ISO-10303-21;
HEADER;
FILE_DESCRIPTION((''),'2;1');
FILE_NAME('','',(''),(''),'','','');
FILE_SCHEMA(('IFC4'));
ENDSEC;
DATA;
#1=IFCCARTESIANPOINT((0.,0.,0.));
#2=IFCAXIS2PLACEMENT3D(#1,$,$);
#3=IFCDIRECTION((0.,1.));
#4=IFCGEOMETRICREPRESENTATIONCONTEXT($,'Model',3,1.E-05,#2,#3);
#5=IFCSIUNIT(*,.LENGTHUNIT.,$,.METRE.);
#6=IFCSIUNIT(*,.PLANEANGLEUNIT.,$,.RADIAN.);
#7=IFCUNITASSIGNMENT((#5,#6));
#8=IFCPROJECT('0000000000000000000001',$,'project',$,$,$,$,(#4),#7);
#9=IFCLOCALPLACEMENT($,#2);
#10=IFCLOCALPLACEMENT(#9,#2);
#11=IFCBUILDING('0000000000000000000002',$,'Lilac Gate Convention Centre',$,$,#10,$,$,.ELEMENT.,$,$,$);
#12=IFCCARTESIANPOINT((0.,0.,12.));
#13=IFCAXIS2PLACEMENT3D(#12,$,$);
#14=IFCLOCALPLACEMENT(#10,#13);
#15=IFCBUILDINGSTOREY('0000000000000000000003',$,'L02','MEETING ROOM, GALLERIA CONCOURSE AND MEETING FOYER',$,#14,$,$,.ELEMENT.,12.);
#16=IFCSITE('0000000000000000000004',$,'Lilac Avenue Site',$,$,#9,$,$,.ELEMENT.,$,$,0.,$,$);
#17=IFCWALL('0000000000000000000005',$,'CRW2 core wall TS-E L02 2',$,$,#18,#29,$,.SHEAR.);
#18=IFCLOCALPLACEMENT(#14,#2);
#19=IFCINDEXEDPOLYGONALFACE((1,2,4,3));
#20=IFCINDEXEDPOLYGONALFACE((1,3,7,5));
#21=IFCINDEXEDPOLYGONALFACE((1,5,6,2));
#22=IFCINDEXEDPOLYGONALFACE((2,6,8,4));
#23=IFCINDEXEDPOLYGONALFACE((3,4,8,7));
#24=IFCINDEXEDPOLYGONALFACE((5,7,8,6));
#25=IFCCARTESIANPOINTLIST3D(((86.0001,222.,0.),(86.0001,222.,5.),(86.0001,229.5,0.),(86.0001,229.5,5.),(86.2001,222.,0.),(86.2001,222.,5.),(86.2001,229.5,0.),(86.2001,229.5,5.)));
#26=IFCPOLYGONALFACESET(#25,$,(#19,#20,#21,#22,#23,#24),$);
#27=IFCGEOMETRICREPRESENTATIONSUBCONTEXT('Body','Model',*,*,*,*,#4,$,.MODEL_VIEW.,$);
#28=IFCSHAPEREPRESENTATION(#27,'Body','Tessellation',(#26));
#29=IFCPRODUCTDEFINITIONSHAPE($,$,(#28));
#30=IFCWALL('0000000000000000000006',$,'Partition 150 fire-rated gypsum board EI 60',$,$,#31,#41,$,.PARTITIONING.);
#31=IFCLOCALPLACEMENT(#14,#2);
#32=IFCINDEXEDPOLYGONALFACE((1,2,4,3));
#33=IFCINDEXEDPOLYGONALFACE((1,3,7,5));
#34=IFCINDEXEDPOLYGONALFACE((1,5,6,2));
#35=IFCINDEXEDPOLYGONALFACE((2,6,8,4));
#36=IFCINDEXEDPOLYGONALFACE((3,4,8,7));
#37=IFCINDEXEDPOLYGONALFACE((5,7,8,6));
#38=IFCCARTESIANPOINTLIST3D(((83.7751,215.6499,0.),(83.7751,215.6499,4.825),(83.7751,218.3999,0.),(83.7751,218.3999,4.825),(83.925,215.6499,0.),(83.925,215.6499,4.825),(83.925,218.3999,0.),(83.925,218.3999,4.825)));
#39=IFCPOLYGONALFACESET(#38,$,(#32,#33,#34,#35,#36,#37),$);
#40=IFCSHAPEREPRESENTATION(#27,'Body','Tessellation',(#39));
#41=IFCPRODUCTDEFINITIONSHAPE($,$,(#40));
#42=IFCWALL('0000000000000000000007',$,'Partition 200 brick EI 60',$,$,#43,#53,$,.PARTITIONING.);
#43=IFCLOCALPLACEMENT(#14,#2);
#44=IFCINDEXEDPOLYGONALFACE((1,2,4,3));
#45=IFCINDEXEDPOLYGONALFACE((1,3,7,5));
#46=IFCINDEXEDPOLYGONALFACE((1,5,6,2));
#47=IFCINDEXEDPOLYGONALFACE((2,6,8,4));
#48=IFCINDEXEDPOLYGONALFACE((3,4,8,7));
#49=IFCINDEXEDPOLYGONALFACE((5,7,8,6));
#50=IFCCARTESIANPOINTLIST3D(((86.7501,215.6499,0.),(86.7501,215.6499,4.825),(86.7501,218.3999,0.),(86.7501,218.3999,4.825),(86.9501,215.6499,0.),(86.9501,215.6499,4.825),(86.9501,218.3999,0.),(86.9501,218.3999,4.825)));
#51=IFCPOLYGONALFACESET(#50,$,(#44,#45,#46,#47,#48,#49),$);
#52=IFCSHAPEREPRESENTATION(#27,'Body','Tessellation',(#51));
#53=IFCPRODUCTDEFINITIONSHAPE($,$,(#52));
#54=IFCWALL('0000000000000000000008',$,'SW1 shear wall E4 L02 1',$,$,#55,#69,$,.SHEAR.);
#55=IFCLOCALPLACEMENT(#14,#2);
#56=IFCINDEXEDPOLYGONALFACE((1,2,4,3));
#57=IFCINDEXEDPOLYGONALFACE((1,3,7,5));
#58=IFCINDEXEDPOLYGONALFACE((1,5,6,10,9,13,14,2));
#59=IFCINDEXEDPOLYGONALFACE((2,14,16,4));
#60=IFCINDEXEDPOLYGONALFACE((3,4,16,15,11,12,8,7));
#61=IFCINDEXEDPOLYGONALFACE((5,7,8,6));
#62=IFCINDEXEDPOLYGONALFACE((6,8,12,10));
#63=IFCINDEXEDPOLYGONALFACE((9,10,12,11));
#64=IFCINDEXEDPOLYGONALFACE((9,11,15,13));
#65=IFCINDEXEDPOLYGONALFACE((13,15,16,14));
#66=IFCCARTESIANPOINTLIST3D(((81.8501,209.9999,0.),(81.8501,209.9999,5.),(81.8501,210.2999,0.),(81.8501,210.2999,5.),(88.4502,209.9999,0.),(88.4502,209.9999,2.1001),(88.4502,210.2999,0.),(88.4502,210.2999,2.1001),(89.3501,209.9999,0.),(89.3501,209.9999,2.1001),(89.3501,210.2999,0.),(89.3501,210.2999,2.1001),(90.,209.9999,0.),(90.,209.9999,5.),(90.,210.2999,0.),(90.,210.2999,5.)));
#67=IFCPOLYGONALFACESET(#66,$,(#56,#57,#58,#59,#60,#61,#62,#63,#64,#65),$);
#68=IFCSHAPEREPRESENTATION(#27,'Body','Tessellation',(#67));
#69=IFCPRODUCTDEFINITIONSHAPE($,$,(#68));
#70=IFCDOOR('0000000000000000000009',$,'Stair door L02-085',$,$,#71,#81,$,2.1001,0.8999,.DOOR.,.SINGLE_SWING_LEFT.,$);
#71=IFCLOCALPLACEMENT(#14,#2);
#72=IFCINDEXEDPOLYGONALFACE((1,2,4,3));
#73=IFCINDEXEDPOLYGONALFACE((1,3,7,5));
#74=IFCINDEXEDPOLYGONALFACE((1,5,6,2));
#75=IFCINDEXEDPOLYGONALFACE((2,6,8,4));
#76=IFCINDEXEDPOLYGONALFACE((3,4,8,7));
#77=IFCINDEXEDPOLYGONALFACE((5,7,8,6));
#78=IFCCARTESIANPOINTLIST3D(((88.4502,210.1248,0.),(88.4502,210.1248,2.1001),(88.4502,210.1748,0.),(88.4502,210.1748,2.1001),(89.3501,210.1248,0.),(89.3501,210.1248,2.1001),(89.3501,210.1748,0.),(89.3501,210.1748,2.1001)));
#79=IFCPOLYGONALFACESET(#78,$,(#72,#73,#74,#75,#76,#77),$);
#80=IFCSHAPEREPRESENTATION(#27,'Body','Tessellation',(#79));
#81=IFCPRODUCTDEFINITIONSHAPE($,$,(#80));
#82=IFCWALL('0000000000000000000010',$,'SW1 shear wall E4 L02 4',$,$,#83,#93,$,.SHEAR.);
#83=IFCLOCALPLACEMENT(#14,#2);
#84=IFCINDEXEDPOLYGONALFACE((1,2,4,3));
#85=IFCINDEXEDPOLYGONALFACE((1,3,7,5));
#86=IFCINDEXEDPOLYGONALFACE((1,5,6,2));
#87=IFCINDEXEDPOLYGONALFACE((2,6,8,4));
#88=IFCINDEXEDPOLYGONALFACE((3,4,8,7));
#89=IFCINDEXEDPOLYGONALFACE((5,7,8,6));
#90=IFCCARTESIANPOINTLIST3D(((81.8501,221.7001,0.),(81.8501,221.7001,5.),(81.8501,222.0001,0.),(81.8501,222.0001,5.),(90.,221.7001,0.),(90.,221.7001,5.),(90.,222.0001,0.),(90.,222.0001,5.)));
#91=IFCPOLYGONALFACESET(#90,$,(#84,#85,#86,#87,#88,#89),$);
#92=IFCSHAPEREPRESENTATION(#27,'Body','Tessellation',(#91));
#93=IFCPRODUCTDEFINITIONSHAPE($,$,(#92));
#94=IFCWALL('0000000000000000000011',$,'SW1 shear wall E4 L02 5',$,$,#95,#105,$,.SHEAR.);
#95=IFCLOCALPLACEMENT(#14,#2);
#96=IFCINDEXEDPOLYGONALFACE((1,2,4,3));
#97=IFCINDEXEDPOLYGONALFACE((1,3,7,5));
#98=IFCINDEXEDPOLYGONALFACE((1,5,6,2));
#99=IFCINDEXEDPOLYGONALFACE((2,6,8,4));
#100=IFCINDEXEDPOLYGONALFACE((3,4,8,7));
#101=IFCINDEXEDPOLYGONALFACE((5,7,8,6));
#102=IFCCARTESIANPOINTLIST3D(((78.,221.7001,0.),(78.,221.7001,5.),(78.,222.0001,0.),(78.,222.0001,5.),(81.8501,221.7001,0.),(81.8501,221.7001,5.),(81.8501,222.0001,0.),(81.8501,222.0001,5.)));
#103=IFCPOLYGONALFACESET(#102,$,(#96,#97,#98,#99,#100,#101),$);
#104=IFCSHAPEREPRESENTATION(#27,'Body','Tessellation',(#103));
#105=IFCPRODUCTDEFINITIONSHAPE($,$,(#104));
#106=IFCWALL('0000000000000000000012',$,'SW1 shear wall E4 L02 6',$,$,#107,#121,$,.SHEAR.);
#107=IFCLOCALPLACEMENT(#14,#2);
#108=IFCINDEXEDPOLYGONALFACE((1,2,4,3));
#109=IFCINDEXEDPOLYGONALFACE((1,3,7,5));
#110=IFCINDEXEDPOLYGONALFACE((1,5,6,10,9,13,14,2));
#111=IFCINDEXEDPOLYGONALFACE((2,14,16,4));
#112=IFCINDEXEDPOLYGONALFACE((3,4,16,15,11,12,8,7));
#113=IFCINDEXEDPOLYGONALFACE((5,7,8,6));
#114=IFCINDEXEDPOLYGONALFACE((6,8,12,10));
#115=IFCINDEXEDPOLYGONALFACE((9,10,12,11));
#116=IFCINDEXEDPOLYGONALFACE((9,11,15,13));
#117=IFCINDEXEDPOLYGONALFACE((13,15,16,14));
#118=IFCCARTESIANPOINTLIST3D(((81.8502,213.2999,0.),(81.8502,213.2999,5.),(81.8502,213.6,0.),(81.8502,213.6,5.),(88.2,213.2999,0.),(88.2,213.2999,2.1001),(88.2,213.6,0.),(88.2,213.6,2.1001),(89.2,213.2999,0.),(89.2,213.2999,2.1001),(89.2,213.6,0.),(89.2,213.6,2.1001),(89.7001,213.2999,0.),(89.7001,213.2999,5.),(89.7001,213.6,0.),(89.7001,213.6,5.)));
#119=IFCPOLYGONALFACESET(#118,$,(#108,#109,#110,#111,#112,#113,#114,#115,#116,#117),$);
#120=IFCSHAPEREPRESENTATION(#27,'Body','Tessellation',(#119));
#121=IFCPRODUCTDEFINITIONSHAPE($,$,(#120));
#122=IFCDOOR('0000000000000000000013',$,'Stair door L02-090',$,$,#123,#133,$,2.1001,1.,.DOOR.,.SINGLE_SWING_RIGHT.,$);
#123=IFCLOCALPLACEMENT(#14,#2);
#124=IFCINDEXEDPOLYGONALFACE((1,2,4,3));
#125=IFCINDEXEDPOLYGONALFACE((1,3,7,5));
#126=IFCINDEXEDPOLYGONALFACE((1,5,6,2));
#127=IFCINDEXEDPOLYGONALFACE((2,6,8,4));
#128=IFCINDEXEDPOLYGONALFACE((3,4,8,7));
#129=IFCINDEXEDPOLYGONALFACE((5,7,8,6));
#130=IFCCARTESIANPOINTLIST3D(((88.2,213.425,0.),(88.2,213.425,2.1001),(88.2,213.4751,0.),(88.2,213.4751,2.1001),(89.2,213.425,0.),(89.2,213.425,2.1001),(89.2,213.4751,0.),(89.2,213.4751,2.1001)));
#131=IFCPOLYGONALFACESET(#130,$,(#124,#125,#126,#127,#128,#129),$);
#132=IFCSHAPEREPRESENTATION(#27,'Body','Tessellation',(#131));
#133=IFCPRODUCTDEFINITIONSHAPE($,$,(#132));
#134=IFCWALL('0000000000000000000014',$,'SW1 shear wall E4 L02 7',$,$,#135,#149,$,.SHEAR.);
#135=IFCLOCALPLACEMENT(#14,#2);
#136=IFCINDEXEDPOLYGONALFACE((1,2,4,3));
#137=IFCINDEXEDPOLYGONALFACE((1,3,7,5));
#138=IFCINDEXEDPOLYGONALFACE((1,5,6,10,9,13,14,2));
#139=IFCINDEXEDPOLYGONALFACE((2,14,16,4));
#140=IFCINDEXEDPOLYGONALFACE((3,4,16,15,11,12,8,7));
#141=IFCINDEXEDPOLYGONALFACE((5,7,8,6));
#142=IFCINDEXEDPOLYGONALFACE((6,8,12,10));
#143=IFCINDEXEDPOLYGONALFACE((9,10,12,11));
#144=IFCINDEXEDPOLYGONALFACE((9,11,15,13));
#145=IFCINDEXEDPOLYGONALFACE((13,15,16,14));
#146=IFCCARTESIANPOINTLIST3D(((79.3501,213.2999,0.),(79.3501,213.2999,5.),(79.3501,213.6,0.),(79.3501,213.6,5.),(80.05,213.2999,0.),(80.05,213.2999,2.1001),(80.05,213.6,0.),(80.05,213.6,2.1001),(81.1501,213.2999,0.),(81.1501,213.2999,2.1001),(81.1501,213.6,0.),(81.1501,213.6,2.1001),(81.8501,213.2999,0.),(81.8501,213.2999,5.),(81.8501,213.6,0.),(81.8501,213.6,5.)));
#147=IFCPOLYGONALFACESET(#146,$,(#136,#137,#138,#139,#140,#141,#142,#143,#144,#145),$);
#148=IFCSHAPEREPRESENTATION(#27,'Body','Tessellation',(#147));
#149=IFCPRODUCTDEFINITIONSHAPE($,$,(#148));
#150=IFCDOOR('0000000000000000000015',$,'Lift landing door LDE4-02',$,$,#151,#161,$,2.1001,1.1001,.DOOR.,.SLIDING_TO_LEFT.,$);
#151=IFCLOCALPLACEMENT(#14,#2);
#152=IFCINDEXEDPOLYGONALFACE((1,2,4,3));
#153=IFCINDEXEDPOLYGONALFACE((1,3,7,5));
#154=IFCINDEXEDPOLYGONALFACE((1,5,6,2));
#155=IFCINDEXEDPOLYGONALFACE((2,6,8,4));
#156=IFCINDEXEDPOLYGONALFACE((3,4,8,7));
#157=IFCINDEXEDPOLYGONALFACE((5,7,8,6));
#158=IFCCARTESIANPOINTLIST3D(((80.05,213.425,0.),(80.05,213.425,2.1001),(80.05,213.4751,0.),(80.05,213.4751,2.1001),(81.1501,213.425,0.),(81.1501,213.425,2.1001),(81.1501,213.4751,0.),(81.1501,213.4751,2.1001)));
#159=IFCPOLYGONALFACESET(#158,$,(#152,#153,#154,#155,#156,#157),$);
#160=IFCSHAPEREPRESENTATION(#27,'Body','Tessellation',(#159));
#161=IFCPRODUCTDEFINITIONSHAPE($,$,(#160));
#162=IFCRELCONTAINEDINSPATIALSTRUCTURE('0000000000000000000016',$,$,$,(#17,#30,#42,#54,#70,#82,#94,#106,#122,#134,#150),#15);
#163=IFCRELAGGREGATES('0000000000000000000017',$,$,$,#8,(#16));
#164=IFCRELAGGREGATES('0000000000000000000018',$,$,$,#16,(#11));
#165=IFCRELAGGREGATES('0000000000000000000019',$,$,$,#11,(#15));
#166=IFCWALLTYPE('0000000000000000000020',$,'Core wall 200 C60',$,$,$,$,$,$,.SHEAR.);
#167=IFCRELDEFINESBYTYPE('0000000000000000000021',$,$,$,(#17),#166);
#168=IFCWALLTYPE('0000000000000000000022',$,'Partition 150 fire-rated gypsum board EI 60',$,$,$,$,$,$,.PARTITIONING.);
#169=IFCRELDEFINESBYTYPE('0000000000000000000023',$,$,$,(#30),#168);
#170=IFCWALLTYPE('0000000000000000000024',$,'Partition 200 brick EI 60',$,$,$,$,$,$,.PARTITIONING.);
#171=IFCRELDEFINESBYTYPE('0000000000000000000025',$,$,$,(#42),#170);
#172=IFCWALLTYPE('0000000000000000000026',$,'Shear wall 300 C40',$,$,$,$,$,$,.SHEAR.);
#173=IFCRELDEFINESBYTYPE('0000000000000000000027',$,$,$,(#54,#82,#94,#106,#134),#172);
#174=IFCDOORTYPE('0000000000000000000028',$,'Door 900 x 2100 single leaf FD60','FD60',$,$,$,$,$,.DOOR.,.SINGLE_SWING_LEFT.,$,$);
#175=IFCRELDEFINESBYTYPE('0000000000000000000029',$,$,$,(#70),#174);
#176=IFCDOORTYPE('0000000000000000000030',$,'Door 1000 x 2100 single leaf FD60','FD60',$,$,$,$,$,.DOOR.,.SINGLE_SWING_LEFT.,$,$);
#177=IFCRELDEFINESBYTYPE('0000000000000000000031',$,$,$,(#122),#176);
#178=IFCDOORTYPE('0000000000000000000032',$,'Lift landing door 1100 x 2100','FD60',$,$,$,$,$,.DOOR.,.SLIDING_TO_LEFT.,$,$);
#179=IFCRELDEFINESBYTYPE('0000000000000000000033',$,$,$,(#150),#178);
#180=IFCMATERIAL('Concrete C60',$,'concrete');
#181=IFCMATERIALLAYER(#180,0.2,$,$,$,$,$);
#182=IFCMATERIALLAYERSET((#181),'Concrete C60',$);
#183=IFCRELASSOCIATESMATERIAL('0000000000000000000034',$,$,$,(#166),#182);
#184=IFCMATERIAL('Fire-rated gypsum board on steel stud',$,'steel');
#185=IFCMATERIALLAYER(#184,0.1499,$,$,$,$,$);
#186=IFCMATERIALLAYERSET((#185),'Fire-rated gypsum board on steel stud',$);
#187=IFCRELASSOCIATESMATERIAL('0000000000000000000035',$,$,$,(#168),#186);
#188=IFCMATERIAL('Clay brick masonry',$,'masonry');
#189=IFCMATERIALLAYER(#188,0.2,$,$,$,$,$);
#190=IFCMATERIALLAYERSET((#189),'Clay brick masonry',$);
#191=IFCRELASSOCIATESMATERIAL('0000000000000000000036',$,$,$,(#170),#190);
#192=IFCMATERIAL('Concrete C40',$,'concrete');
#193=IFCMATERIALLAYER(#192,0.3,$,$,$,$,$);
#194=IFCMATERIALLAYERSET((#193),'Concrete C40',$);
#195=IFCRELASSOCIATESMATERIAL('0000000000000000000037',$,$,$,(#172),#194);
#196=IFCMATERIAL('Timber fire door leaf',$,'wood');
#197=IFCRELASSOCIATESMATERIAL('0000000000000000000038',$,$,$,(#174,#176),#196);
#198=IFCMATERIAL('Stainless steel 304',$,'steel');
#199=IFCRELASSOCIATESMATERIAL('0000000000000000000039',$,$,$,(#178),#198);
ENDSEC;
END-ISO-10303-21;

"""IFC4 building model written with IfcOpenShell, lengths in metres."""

from ifc_helpers import new_model, si_unit, direction, frame, frame_2d, origin, place, context, subcontext, project, spatial, rectangle, extrude, material, layer, layer_set, type_object, element, fill, save


model = new_model("IFC4")

# Units and contexts
model_context = context("Model", 3, precision=1e-05, world=origin(), true_north=direction((0.0, 1.0)))
body_context = subcontext(model_context, "Body", "Model", "MODEL_VIEW")
ifc_project = project(units=[si_unit("LENGTHUNIT", "METRE"), si_unit("PLANEANGLEUNIT", "RADIAN")], contexts=[model_context])

# Site, building, storey
site_placement = place(None, origin())
site = spatial("IfcSite", under=ifc_project, at=site_placement, Name="Lilac Avenue Site", CompositionType="ELEMENT", RefElevation=0.0)
building_placement = place(site_placement, origin())
building = spatial("IfcBuilding", under=site, at=building_placement, Name="Lilac Gate Convention Centre", CompositionType="ELEMENT")
storey_placement = place(building_placement, frame((0.0, 0.0, 12.0)))
storey = spatial("IfcBuildingStorey", under=building, at=storey_placement, Name="L02", Description="MEETING ROOM, GALLERIA CONCOURSE AND MEETING FOYER", CompositionType="ELEMENT", Elevation=12.0)

# Walls
ifc_material_1 = material(Name="Concrete C60", Category="concrete")
ifc_layer_1 = layer(ifc_material_1, 0.2)
ifc_layer_set_1 = layer_set([ifc_layer_1], Name="Concrete C60")
wall_type_1 = type_object("IfcWallType", Name="Core wall 200 C60", PredefinedType="SHEAR", material=ifc_layer_set_1)
wall_1_placement = place(storey_placement, frame((86.1001, 222.0, 0.0), z_axis=(0.0, 0.0, 1.0), x_axis=(0.0, 1.0, 0.0)))
element("IfcWall", 1, at=wall_1_placement, inside=storey, type_object=wall_type_1, Name="CRW2 core wall TS-E L02 2", PredefinedType="SHEAR", context=body_context, shape_type="SweptSolid", body=[
    extrude(rectangle(XDim=7.5, YDim=0.2, at=frame_2d((3.75, 0.0))), origin(), (0.0, 0.0, 1.0), 5.0),
])
ifc_material_2 = material(Name="Fire-rated gypsum board on steel stud", Category="steel")
ifc_layer_2 = layer(ifc_material_2, 0.1499)
ifc_layer_set_2 = layer_set([ifc_layer_2], Name="Fire-rated gypsum board on steel stud")
wall_type_2 = type_object("IfcWallType", Name="Partition 150 fire-rated gypsum board EI 60", PredefinedType="PARTITIONING", material=ifc_layer_set_2)
wall_2_placement = place(storey_placement, frame((83.8501, 215.6499, 0.0), z_axis=(0.0, 0.0, 1.0), x_axis=(0.0, 1.0, 0.0)))
element("IfcWall", 2, at=wall_2_placement, inside=storey, type_object=wall_type_2, Name="Partition 150 fire-rated gypsum board EI 60", PredefinedType="PARTITIONING", context=body_context, shape_type="SweptSolid", body=[
    extrude(rectangle(XDim=2.75, YDim=0.1499, at=frame_2d((1.375, 0.0))), origin(), (0.0, 0.0, 1.0), 4.825),
])
ifc_material_3 = material(Name="Clay brick masonry", Category="masonry")
ifc_layer_3 = layer(ifc_material_3, 0.2)
ifc_layer_set_3 = layer_set([ifc_layer_3], Name="Clay brick masonry")
wall_type_3 = type_object("IfcWallType", Name="Partition 200 brick EI 60", PredefinedType="PARTITIONING", material=ifc_layer_set_3)
wall_3_placement = place(storey_placement, frame((86.8501, 215.6499, 0.0), z_axis=(0.0, 0.0, 1.0), x_axis=(0.0, 1.0, 0.0)))
element("IfcWall", 3, at=wall_3_placement, inside=storey, type_object=wall_type_3, Name="Partition 200 brick EI 60", PredefinedType="PARTITIONING", context=body_context, shape_type="SweptSolid", body=[
    extrude(rectangle(XDim=2.75, YDim=0.2, at=frame_2d((1.375, 0.0))), origin(), (0.0, 0.0, 1.0), 4.825),
])

# Wall, opening, door
ifc_material_4 = material(Name="Concrete C40", Category="concrete")
ifc_layer_4 = layer(ifc_material_4, 0.3)
ifc_layer_set_4 = layer_set([ifc_layer_4], Name="Concrete C40")
wall_type_4 = type_object("IfcWallType", Name="Shear wall 300 C40", PredefinedType="SHEAR", material=ifc_layer_set_4)
wall_4_placement = place(storey_placement, frame((90.0, 210.1499, 0.0), z_axis=(0.0, 0.0, 1.0), x_axis=(-1.0, 0.0, 0.0)))
wall_4 = element("IfcWall", 4, at=wall_4_placement, inside=storey, type_object=wall_type_4, Name="SW1 shear wall E4 L02 1", PredefinedType="SHEAR", context=body_context, shape_type="SweptSolid", body=[
    extrude(rectangle(XDim=8.1499, YDim=0.3, at=frame_2d((4.075, 0.0))), origin(), (0.0, 0.0, 1.0), 5.0),
])
opening_1_placement = place(wall_4_placement, frame((0.6499, 0.0, 0.0)))
opening_1 = element("IfcOpeningElement", 5, at=opening_1_placement, cuts=wall_4, PredefinedType="OPENING", context=body_context, shape_type="SweptSolid", body=[
    extrude(rectangle(XDim=0.8999, YDim=2.1001, at=frame_2d((0.45, 1.05))), frame((0.0, 0.1599, 0.0), z_axis=(0.0, -1.0, 0.0), x_axis=(1.0, 0.0, 0.0)), (0.0, 0.0, 1.0), 0.3201),
])
ifc_material_5 = material(Name="Timber fire door leaf", Category="wood")
door_type_1 = type_object("IfcDoorType", Name="Door 900 x 2100 single leaf FD60", Description="FD60", OperationType="SINGLE_SWING_LEFT", PredefinedType="DOOR", material=ifc_material_5)
door_1_placement = place(opening_1_placement, frame((0.8999, 0.0, 0.0), z_axis=(0.0, 0.0, 1.0), x_axis=(-1.0, 0.0, 0.0)))
door_1 = element("IfcDoor", 6, at=door_1_placement, inside=storey, type_object=door_type_1, Name="Stair door L02-085", OperationType="SINGLE_SWING_LEFT", OverallHeight=2.1001, OverallWidth=0.8999, PredefinedType="DOOR", context=body_context, shape_type="SweptSolid", body=[
    extrude(rectangle(XDim=0.8999, YDim=2.1001, at=frame_2d((0.45, 1.05))), frame((0.0, 0.0249, 0.0), z_axis=(0.0, -1.0, 0.0), x_axis=(1.0, 0.0, 0.0)), (0.0, 0.0, 1.0), 0.05),
])
fill(opening_1, door_1)

# Walls
wall_5_placement = place(storey_placement, frame((90.0, 221.8501, 0.0), z_axis=(0.0, 0.0, 1.0), x_axis=(-1.0, 0.0, 0.0)))
element("IfcWall", 7, at=wall_5_placement, inside=storey, type_object=wall_type_4, Name="SW1 shear wall E4 L02 4", PredefinedType="SHEAR", context=body_context, shape_type="SweptSolid", body=[
    extrude(rectangle(XDim=8.1499, YDim=0.3, at=frame_2d((4.075, 0.0))), origin(), (0.0, 0.0, 1.0), 5.0),
])
wall_6_placement = place(storey_placement, frame((81.8501, 221.8501, 0.0), z_axis=(0.0, 0.0, 1.0), x_axis=(-1.0, 0.0, 0.0)))
element("IfcWall", 8, at=wall_6_placement, inside=storey, type_object=wall_type_4, Name="SW1 shear wall E4 L02 5", PredefinedType="SHEAR", context=body_context, shape_type="SweptSolid", body=[
    extrude(rectangle(XDim=3.8501, YDim=0.3, at=frame_2d((1.925, 0.0))), origin(), (0.0, 0.0, 1.0), 5.0),
])

# Walls, openings, doors
wall_7_placement = place(storey_placement, frame((89.7, 213.45, 0.0), z_axis=(0.0, 0.0, 1.0), x_axis=(-1.0, 0.0, 0.0)))
wall_7 = element("IfcWall", 9, at=wall_7_placement, inside=storey, type_object=wall_type_4, Name="SW1 shear wall E4 L02 6", PredefinedType="SHEAR", context=body_context, shape_type="SweptSolid", body=[
    extrude(rectangle(XDim=7.8499, YDim=0.3, at=frame_2d((3.9248, 0.0))), origin(), (0.0, 0.0, 1.0), 5.0),
])
opening_2_placement = place(wall_7_placement, frame((0.5, 0.0, 0.0)))
opening_2 = element("IfcOpeningElement", 10, at=opening_2_placement, cuts=wall_7, PredefinedType="OPENING", context=body_context, shape_type="SweptSolid", body=[
    extrude(rectangle(XDim=1.0, YDim=2.1001, at=frame_2d((0.5, 1.05))), frame((0.0, 0.1599, 0.0), z_axis=(0.0, -1.0, 0.0), x_axis=(1.0, 0.0, 0.0)), (0.0, 0.0, 1.0), 0.3201),
])
door_type_2 = type_object("IfcDoorType", Name="Door 1000 x 2100 single leaf FD60", Description="FD60", OperationType="SINGLE_SWING_LEFT", PredefinedType="DOOR", material=ifc_material_5)
door_2_placement = place(opening_2_placement, origin())
door_2 = element("IfcDoor", 11, at=door_2_placement, inside=storey, type_object=door_type_2, Name="Stair door L02-090", OperationType="SINGLE_SWING_RIGHT", OverallHeight=2.1001, OverallWidth=1.0, PredefinedType="DOOR", context=body_context, shape_type="SweptSolid", body=[
    extrude(rectangle(XDim=1.0, YDim=2.1001, at=frame_2d((0.5, 1.05))), frame((0.0, 0.0249, 0.0), z_axis=(0.0, -1.0, 0.0), x_axis=(1.0, 0.0, 0.0)), (0.0, 0.0, 1.0), 0.05),
])
fill(opening_2, door_2)
wall_8_placement = place(storey_placement, frame((81.8501, 213.45, 0.0), z_axis=(0.0, 0.0, 1.0), x_axis=(-1.0, 0.0, 0.0)))
wall_8 = element("IfcWall", 12, at=wall_8_placement, inside=storey, type_object=wall_type_4, Name="SW1 shear wall E4 L02 7", PredefinedType="SHEAR", context=body_context, shape_type="SweptSolid", body=[
    extrude(rectangle(XDim=2.5, YDim=0.3, at=frame_2d((1.25, 0.0))), origin(), (0.0, 0.0, 1.0), 5.0),
])
opening_3_placement = place(wall_8_placement, frame((0.7, 0.0, 0.0)))
opening_3 = element("IfcOpeningElement", 13, at=opening_3_placement, cuts=wall_8, PredefinedType="OPENING", context=body_context, shape_type="SweptSolid", body=[
    extrude(rectangle(XDim=1.1001, YDim=2.1001, at=frame_2d((0.55, 1.05))), frame((0.0, 0.1599, 0.0), z_axis=(0.0, -1.0, 0.0), x_axis=(1.0, 0.0, 0.0)), (0.0, 0.0, 1.0), 0.3201),
])
ifc_material_6 = material(Name="Stainless steel 304", Category="steel")
door_type_3 = type_object("IfcDoorType", Name="Lift landing door 1100 x 2100", Description="FD60", OperationType="SLIDING_TO_LEFT", PredefinedType="DOOR", material=ifc_material_6)
door_3_placement = place(opening_3_placement, origin())
door_3 = element("IfcDoor", 14, at=door_3_placement, inside=storey, type_object=door_type_3, Name="Lift landing door LDE4-02", OperationType="SLIDING_TO_LEFT", OverallHeight=2.1001, OverallWidth=1.1001, PredefinedType="DOOR", context=body_context, shape_type="SweptSolid", body=[
    extrude(rectangle(XDim=1.1001, YDim=2.1001, at=frame_2d((0.55, 1.05))), frame((0.0, 0.0249, 0.0), z_axis=(0.0, -1.0, 0.0), x_axis=(1.0, 0.0, 0.0)), (0.0, 0.0, 1.0), 0.05),
])
fill(opening_3, door_3)

save(model, "model.ifc")
